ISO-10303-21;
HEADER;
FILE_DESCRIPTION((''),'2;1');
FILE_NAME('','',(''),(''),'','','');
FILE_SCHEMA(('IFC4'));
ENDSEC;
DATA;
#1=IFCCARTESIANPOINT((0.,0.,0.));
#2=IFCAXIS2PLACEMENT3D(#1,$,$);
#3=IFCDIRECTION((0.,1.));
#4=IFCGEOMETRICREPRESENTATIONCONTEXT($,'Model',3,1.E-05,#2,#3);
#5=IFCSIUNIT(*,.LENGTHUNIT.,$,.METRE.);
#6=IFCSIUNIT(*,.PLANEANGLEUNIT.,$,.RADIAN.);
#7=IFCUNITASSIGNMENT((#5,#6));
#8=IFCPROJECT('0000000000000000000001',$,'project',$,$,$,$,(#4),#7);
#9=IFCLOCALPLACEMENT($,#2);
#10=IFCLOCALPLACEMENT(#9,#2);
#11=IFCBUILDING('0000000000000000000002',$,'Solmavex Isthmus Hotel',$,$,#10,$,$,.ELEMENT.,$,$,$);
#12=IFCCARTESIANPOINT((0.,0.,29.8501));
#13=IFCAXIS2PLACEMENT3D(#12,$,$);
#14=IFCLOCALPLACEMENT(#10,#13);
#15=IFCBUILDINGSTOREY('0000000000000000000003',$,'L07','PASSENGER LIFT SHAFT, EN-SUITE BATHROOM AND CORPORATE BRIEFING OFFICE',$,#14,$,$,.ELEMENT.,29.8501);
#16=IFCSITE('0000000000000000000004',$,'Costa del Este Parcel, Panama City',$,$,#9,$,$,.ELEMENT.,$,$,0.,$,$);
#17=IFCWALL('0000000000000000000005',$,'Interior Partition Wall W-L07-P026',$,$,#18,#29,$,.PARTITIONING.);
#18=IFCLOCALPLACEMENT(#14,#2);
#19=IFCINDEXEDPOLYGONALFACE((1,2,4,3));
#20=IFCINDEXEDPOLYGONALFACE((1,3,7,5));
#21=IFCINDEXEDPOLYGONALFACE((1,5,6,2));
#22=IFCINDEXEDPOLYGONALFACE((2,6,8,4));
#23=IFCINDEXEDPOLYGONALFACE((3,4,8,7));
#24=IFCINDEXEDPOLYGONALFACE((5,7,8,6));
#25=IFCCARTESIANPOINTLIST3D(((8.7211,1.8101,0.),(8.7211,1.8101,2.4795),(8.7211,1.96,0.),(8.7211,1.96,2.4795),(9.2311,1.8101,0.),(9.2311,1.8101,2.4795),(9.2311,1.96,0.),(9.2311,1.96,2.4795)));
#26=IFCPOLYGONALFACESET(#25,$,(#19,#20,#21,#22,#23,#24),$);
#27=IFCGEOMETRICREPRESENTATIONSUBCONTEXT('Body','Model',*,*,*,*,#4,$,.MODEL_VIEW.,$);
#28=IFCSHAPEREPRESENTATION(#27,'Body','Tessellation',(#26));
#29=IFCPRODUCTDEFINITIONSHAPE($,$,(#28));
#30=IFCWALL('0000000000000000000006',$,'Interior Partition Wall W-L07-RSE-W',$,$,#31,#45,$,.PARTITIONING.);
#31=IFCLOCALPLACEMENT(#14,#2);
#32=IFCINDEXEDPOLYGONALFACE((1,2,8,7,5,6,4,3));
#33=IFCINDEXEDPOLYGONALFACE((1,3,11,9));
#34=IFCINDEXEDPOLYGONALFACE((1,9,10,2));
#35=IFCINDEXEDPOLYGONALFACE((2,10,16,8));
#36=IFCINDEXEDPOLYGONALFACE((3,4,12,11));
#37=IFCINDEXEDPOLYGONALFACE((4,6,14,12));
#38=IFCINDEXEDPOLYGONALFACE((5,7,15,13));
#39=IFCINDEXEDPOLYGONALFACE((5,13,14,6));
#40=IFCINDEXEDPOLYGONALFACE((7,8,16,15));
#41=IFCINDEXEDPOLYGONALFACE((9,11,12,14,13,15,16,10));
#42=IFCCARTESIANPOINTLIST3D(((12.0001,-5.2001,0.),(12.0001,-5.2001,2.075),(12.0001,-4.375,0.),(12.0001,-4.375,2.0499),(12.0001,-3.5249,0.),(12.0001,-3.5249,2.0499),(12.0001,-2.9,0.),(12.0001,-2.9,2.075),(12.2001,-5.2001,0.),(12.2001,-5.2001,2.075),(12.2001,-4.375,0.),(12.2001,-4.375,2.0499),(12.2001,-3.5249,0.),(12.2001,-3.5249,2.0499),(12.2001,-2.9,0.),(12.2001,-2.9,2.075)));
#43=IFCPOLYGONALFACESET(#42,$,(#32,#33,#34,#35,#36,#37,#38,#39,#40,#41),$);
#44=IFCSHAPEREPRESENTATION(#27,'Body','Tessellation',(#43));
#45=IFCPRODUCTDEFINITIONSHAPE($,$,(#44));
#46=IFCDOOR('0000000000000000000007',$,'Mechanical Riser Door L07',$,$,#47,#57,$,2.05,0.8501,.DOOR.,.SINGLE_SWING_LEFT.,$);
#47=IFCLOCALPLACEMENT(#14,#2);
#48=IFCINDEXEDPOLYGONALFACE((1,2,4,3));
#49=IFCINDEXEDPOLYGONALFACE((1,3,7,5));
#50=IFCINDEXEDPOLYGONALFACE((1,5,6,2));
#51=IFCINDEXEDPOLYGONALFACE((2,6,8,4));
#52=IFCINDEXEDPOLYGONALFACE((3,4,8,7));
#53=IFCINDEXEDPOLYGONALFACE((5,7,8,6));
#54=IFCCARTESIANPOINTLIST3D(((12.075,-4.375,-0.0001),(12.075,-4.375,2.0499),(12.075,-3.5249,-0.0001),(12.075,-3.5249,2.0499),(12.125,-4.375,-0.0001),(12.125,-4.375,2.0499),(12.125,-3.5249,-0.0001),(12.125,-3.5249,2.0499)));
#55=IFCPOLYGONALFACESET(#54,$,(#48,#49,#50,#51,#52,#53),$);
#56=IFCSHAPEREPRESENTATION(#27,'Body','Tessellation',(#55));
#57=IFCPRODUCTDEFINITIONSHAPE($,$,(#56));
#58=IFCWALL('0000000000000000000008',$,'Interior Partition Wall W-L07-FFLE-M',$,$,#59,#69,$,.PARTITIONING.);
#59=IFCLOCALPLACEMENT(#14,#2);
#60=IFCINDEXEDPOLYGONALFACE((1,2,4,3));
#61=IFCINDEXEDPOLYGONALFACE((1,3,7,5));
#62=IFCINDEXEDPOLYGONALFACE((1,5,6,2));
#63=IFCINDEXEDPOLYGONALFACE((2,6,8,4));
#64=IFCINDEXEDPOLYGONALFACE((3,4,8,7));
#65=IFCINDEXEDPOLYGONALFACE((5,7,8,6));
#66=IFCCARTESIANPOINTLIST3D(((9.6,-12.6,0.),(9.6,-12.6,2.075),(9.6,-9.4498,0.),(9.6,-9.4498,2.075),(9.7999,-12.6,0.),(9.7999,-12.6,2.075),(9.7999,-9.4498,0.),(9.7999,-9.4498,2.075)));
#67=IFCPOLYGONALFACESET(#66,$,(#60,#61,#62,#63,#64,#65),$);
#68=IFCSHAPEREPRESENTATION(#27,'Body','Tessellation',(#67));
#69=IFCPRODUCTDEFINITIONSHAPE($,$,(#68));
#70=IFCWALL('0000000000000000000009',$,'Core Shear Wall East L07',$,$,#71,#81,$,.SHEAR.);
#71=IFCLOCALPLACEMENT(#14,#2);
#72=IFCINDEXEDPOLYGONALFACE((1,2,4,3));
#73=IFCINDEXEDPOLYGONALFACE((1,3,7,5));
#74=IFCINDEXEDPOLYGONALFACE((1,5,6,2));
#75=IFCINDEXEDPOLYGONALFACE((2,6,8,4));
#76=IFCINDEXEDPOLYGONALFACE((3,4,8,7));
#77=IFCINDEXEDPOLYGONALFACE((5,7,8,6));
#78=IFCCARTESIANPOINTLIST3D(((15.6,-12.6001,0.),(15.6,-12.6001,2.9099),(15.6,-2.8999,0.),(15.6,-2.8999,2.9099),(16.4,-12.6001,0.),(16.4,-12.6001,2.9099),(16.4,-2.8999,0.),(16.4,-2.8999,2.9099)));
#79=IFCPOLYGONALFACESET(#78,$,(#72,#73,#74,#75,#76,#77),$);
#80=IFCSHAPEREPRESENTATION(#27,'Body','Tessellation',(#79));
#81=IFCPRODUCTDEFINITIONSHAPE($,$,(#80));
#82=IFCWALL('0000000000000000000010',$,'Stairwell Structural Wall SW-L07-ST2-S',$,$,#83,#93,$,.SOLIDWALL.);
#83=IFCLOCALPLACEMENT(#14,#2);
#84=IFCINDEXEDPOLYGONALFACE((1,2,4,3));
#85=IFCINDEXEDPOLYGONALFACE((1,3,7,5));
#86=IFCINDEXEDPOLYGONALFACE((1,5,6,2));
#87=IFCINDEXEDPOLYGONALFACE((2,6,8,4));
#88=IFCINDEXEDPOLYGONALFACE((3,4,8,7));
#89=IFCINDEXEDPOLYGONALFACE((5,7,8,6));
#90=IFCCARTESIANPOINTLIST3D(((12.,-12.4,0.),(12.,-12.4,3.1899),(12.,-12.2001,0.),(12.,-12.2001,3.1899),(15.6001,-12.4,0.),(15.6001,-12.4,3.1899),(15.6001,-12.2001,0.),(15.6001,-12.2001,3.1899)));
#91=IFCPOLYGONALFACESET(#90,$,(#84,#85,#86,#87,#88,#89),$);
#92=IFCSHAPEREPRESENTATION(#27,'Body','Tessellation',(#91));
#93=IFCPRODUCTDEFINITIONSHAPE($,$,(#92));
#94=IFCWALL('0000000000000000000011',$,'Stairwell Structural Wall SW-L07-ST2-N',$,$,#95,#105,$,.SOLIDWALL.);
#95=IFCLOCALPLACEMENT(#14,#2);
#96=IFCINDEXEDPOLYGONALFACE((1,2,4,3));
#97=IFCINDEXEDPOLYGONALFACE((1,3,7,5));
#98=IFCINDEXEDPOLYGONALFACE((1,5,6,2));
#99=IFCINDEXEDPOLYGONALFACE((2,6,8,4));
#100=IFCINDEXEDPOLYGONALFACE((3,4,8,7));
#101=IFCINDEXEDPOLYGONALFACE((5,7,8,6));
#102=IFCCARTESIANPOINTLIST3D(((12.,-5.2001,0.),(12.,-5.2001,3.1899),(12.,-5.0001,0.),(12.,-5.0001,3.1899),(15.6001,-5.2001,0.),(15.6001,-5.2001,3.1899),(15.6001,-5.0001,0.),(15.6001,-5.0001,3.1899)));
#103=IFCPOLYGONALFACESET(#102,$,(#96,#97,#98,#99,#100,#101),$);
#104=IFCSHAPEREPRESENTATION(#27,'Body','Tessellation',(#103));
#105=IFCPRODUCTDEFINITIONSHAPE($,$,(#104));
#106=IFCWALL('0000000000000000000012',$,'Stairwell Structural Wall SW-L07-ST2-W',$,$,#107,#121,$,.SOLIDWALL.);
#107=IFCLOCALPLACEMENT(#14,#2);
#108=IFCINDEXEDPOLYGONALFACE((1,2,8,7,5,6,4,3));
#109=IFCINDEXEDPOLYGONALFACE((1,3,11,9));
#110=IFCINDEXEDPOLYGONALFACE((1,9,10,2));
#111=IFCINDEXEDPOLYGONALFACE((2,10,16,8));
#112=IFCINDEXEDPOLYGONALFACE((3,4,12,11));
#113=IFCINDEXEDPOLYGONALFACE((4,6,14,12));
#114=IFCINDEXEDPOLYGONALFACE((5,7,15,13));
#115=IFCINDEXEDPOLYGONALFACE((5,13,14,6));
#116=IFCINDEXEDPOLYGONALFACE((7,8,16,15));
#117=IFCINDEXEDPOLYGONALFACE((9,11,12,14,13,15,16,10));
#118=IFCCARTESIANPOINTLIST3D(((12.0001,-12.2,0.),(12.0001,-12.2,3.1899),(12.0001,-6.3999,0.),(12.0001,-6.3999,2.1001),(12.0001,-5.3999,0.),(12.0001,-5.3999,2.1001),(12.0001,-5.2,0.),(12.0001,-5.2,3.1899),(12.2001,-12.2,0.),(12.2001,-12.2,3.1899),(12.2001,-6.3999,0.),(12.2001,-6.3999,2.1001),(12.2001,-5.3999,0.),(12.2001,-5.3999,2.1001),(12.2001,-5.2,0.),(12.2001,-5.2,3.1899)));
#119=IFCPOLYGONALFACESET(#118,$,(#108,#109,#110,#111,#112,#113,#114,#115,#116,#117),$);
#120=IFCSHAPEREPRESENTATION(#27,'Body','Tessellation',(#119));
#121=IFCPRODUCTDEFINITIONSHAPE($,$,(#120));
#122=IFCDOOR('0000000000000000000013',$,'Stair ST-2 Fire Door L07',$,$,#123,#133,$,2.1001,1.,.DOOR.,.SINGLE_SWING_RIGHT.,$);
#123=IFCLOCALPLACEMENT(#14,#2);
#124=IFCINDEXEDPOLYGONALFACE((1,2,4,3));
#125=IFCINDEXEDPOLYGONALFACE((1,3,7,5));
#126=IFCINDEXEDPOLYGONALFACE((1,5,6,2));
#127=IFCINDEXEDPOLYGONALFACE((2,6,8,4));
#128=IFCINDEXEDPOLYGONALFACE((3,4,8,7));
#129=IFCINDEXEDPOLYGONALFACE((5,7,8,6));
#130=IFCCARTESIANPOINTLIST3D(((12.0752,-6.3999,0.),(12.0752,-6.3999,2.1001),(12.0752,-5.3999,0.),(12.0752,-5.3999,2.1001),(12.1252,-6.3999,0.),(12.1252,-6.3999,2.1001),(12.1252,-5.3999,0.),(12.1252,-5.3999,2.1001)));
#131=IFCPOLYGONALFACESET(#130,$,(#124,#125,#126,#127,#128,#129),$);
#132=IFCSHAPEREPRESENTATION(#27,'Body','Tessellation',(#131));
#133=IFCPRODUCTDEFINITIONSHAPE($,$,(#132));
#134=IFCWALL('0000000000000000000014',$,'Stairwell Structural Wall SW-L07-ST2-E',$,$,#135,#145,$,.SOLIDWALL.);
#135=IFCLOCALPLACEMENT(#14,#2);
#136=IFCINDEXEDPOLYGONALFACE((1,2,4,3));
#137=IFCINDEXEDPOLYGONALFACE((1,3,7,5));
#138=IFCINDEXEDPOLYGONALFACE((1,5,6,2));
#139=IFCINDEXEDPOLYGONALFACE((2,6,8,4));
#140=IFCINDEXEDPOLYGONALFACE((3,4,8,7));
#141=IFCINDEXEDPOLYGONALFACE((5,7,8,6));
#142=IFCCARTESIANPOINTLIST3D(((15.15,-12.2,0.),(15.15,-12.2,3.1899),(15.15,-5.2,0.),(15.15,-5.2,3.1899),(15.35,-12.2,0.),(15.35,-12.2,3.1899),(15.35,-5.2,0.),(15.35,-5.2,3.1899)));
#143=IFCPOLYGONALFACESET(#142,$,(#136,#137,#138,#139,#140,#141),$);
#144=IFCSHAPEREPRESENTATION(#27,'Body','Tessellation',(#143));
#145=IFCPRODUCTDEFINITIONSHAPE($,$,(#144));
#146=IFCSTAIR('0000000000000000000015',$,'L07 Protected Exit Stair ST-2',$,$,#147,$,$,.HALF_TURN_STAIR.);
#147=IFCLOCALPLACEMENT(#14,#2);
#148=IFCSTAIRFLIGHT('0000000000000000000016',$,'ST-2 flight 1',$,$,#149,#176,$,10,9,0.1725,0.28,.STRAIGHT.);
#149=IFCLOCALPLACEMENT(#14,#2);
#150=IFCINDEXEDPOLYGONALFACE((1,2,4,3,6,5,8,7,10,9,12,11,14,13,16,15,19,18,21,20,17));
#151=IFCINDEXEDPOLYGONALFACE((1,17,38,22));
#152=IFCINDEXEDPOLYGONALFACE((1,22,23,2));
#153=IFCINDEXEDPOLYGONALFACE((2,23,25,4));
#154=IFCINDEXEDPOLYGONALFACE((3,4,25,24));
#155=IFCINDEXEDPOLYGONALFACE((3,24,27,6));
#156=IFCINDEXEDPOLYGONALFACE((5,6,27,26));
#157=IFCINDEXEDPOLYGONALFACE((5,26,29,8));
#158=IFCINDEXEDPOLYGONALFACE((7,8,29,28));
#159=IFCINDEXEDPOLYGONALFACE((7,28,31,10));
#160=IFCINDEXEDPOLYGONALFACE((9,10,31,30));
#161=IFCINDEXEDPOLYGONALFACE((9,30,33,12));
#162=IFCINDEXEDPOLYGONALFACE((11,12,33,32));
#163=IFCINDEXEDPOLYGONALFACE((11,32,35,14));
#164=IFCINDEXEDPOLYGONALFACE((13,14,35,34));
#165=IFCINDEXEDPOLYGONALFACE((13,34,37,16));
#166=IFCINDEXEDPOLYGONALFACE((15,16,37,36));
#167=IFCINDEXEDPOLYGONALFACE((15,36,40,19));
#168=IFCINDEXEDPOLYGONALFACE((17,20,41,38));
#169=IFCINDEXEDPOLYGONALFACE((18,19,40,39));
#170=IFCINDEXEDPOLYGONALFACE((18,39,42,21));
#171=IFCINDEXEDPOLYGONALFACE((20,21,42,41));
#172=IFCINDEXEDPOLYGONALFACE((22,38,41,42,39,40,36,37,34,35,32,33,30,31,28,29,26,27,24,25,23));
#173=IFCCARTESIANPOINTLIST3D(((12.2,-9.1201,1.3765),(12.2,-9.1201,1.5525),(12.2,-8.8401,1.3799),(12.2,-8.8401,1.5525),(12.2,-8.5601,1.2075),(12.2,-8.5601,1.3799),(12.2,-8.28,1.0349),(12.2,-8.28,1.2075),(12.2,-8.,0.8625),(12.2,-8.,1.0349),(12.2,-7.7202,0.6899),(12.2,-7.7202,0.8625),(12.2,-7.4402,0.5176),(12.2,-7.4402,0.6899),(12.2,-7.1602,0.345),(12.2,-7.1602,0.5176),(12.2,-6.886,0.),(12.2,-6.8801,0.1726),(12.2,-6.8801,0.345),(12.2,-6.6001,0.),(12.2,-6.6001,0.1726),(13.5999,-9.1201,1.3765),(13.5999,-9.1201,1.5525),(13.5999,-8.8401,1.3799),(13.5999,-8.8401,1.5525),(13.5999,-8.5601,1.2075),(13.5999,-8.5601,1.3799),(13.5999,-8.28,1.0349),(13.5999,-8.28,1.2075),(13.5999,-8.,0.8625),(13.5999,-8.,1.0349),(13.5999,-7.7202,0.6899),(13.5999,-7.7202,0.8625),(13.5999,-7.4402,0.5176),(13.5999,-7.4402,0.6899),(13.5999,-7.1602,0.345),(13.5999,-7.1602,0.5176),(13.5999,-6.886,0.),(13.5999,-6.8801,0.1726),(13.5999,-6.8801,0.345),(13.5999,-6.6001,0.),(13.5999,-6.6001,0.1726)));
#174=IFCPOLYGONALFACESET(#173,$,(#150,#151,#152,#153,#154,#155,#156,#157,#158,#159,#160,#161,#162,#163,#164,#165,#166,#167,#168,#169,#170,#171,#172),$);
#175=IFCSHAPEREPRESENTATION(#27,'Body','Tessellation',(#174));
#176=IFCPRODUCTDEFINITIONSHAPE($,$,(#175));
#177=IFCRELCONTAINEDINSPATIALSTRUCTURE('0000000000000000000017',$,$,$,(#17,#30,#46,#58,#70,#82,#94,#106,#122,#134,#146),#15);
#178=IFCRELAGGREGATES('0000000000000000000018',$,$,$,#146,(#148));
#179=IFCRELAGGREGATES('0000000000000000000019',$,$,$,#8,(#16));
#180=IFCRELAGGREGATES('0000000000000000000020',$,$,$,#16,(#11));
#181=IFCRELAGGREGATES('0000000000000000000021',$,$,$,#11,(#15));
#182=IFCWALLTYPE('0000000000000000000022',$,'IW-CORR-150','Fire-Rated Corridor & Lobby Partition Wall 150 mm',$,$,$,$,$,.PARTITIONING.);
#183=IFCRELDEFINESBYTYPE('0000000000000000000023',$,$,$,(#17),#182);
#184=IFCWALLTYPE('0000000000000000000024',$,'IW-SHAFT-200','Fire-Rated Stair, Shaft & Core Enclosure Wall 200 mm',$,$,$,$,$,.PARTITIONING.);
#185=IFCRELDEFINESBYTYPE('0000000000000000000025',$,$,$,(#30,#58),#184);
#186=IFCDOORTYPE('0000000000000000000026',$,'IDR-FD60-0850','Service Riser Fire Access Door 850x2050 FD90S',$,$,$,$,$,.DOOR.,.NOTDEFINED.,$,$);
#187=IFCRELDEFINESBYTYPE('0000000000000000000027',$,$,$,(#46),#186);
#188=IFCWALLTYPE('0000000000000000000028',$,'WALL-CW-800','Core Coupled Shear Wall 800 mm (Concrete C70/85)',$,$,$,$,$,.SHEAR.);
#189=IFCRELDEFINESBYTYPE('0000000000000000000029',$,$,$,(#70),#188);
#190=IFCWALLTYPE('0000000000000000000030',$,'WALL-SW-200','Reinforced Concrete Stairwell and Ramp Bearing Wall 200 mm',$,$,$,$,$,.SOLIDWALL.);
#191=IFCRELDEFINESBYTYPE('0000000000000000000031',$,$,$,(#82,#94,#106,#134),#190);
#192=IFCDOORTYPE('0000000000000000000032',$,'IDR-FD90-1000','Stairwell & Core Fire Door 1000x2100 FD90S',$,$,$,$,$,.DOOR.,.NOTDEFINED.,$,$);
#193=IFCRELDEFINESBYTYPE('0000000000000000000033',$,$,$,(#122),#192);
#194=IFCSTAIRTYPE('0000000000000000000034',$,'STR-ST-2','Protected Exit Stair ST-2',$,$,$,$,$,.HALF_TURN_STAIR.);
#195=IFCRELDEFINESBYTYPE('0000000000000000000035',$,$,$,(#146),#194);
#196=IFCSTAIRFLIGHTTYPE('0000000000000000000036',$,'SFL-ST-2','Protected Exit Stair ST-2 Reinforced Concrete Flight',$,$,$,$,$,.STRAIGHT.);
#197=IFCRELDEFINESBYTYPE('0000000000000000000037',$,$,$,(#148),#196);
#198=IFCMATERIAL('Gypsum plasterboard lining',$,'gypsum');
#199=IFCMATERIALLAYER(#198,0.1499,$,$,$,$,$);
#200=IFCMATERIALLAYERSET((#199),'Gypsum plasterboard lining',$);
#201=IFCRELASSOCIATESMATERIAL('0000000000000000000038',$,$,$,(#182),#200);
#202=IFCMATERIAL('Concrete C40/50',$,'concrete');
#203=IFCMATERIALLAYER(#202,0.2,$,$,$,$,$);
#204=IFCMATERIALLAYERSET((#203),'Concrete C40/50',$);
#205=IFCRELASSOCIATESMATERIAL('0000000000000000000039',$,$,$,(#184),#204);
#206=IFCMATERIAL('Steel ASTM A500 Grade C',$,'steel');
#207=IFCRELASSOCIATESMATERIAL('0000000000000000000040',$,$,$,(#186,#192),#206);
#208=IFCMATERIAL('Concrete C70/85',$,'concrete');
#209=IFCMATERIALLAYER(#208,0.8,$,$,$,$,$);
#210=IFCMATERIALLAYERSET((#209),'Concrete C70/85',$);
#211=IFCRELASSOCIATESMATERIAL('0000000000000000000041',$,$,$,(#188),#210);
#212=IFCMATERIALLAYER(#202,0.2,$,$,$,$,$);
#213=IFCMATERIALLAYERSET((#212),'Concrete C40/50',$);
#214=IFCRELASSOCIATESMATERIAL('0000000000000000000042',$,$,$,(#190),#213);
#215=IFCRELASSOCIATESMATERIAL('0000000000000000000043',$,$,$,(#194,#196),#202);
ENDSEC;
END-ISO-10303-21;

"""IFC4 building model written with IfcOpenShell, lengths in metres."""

from ifc_helpers import new_model, si_unit, direction, frame, frame_2d, origin, place, context, subcontext, project, spatial, polyline, rectangle, outline, extrude, material, layer, layer_set, type_object, element, fill, aggregate, save


model = new_model("IFC4")

# Units and contexts
model_context = context("Model", 3, precision=1e-05, world=origin(), true_north=direction((0.0, 1.0)))
body_context = subcontext(model_context, "Body", "Model", "MODEL_VIEW")
ifc_project = project(units=[si_unit("LENGTHUNIT", "METRE"), si_unit("PLANEANGLEUNIT", "RADIAN")], contexts=[model_context])

# Site, building, storey
site_placement = place(None, origin())
site = spatial("IfcSite", under=ifc_project, at=site_placement, Name="Costa del Este Parcel, Panama City", CompositionType="ELEMENT", RefElevation=0.0)
building_placement = place(site_placement, origin())
building = spatial("IfcBuilding", under=site, at=building_placement, Name="Solmavex Isthmus Hotel", CompositionType="ELEMENT")
storey_placement = place(building_placement, frame((0.0, 0.0, 29.8501)))
storey = spatial("IfcBuildingStorey", under=building, at=storey_placement, Name="L07", Description="PASSENGER LIFT SHAFT, EN-SUITE BATHROOM AND CORPORATE BRIEFING OFFICE", CompositionType="ELEMENT", Elevation=29.8501)

# Shared definitions
ifc_material_1 = material(Name="Concrete C70/85", Category="concrete")

# Wall
ifc_material_2 = material(Name="Gypsum plasterboard lining", Category="gypsum")
ifc_layer_1 = layer(ifc_material_2, 0.1499)
ifc_layer_set_1 = layer_set([ifc_layer_1], Name="Gypsum plasterboard lining")
wall_type_1 = type_object("IfcWallType", Name="IW-CORR-150", Description="Fire-Rated Corridor & Lobby Partition Wall 150 mm", PredefinedType="PARTITIONING", material=ifc_layer_set_1)
wall_1_placement = place(storey_placement, frame((9.231, 1.885, 0.0), z_axis=(0.0, 0.0, 1.0), x_axis=(-1.0, 0.0, 0.0)))
element("IfcWall", 1, at=wall_1_placement, inside=storey, type_object=wall_type_1, Name="Interior Partition Wall W-L07-P026", PredefinedType="PARTITIONING", context=body_context, shape_type="SweptSolid", body=[
    extrude(rectangle(XDim=0.51, YDim=0.1499, at=frame_2d((0.2549, 0.0))), origin(), (0.0, 0.0, 1.0), 2.4795),
])

# Wall, opening, door
ifc_material_3 = material(Name="Concrete C40/50", Category="concrete")
ifc_layer_2 = layer(ifc_material_3, 0.2)
ifc_layer_set_2 = layer_set([ifc_layer_2], Name="Concrete C40/50")
wall_type_2 = type_object("IfcWallType", Name="IW-SHAFT-200", Description="Fire-Rated Stair, Shaft & Core Enclosure Wall 200 mm", PredefinedType="PARTITIONING", material=ifc_layer_set_2)
wall_2_placement = place(storey_placement, frame((12.1001, -5.2, 0.0), z_axis=(0.0, 0.0, 1.0), x_axis=(0.0, 1.0, 0.0)))
wall_2 = element("IfcWall", 2, at=wall_2_placement, inside=storey, type_object=wall_type_2, Name="Interior Partition Wall W-L07-RSE-W", PredefinedType="PARTITIONING", context=body_context, shape_type="SweptSolid", body=[
    extrude(rectangle(XDim=2.3, YDim=0.2, at=frame_2d((1.1499, 0.0))), origin(), (0.0, 0.0, 1.0), 2.075),
])
opening_1_placement = place(wall_2_placement, frame((0.825, 0.0, 0.0)))
opening_1 = element("IfcOpeningElement", 3, at=opening_1_placement, cuts=wall_2, PredefinedType="OPENING", context=body_context, shape_type="SweptSolid", body=[
    extrude(rectangle(XDim=0.8501, YDim=2.05, at=frame_2d((0.425, 1.0249))), frame((0.0, 0.1099, 0.0), z_axis=(0.0, -1.0, 0.0), x_axis=(1.0, 0.0, 0.0)), (0.0, 0.0, 1.0), 0.22),
])
ifc_material_4 = material(Name="Steel ASTM A500 Grade C", Category="steel")
door_type_1 = type_object("IfcDoorType", Name="IDR-FD60-0850", Description="Service Riser Fire Access Door 850x2050 FD90S", OperationType="NOTDEFINED", PredefinedType="DOOR", material=ifc_material_4)
door_1_placement = place(opening_1_placement, frame((0.8501, 0.0, 0.0), z_axis=(0.0, 0.0, 1.0), x_axis=(-1.0, 0.0, 0.0)))
door_1 = element("IfcDoor", 4, at=door_1_placement, inside=storey, type_object=door_type_1, Name="Mechanical Riser Door L07", OperationType="SINGLE_SWING_LEFT", OverallHeight=2.05, OverallWidth=0.8501, PredefinedType="DOOR", context=body_context, shape_type="SweptSolid", body=[
    extrude(rectangle(XDim=0.8501, YDim=2.05, at=frame_2d((0.425, 1.0249))), frame((0.0, 0.0249, 0.0), z_axis=(0.0, -1.0, 0.0), x_axis=(1.0, 0.0, 0.0)), (0.0, 0.0, 1.0), 0.05),
])
fill(opening_1, door_1)

# Walls
wall_3_placement = place(storey_placement, frame((9.7, -12.6001, 0.0), z_axis=(0.0, 0.0, 1.0), x_axis=(0.0, 1.0, 0.0)))
element("IfcWall", 5, at=wall_3_placement, inside=storey, type_object=wall_type_2, Name="Interior Partition Wall W-L07-FFLE-M", PredefinedType="PARTITIONING", context=body_context, shape_type="SweptSolid", body=[
    extrude(rectangle(XDim=3.1501, YDim=0.2, at=frame_2d((1.5752, 0.0))), origin(), (0.0, 0.0, 1.0), 2.075),
])
ifc_layer_3 = layer(ifc_material_1, 0.8)
ifc_layer_set_3 = layer_set([ifc_layer_3], Name="Concrete C70/85")
wall_type_3 = type_object("IfcWallType", Name="WALL-CW-800", Description="Core Coupled Shear Wall 800 mm (Concrete C70/85)", PredefinedType="SHEAR", material=ifc_layer_set_3)
wall_4_placement = place(storey_placement, frame((16.0, -12.6001, 0.0), z_axis=(0.0, 0.0, 1.0), x_axis=(0.0, 1.0, 0.0)))
element("IfcWall", 6, at=wall_4_placement, inside=storey, type_object=wall_type_3, Name="Core Shear Wall East L07", PredefinedType="SHEAR", context=body_context, shape_type="SweptSolid", body=[
    extrude(rectangle(XDim=9.7002, YDim=0.8, at=frame_2d((4.8501, 0.0))), origin(), (0.0, 0.0, 1.0), 2.9099),
])
ifc_layer_4 = layer(ifc_material_3, 0.2)
ifc_layer_set_4 = layer_set([ifc_layer_4], Name="Concrete C40/50")
wall_type_4 = type_object("IfcWallType", Name="WALL-SW-200", Description="Reinforced Concrete Stairwell and Ramp Bearing Wall 200 mm", PredefinedType="SOLIDWALL", material=ifc_layer_set_4)
for number, where, z_axis, x_axis, name in (
    (7, (12.0, -12.3, 0.0), (0.0, 0.0, 1.0), (1.0, 0.0, 0.0), "Stairwell Structural Wall SW-L07-ST2-S"),
    (8, (12.0, -5.1001, 0.0), (0.0, 0.0, 1.0), (1.0, 0.0, 0.0), "Stairwell Structural Wall SW-L07-ST2-N"),
):
    element("IfcWall", number, at=place(storey_placement, frame(where, z_axis=z_axis, x_axis=x_axis)), inside=storey, type_object=wall_type_4, Name=name, PredefinedType="SOLIDWALL", context=body_context, shape_type="SweptSolid", body=[
        extrude(rectangle(XDim=3.6001, YDim=0.2, at=frame_2d((1.8, 0.0))), origin(), (0.0, 0.0, 1.0), 3.1899),
    ])

# Wall, opening, door
wall_5_placement = place(storey_placement, frame((12.1001, -12.2, 0.0), z_axis=(0.0, 0.0, 1.0), x_axis=(0.0, 1.0, 0.0)))
wall_5 = element("IfcWall", 9, at=wall_5_placement, inside=storey, type_object=wall_type_4, Name="Stairwell Structural Wall SW-L07-ST2-W", PredefinedType="SOLIDWALL", context=body_context, shape_type="SweptSolid", body=[
    extrude(rectangle(XDim=7.0, YDim=0.2, at=frame_2d((3.5, 0.0))), origin(), (0.0, 0.0, 1.0), 3.1899),
])
opening_2_placement = place(wall_5_placement, frame((5.8, 0.0, 0.0)))
opening_2 = element("IfcOpeningElement", 10, at=opening_2_placement, cuts=wall_5, PredefinedType="OPENING", context=body_context, shape_type="SweptSolid", body=[
    extrude(rectangle(XDim=1.0, YDim=2.1001, at=frame_2d((0.5, 1.05))), frame((0.0, 0.1099, 0.0), z_axis=(0.0, -1.0, 0.0), x_axis=(1.0, 0.0, 0.0)), (0.0, 0.0, 1.0), 0.22),
])
door_type_2 = type_object("IfcDoorType", Name="IDR-FD90-1000", Description="Stairwell & Core Fire Door 1000x2100 FD90S", OperationType="NOTDEFINED", PredefinedType="DOOR", material=ifc_material_4)
door_2_placement = place(opening_2_placement, origin())
door_2 = element("IfcDoor", 11, at=door_2_placement, inside=storey, type_object=door_type_2, Name="Stair ST-2 Fire Door L07", OperationType="SINGLE_SWING_RIGHT", OverallHeight=2.1001, OverallWidth=1.0, PredefinedType="DOOR", context=body_context, shape_type="SweptSolid", body=[
    extrude(rectangle(XDim=1.0, YDim=2.1001, at=frame_2d((0.5, 1.05))), frame((0.0, 0.0249, 0.0), z_axis=(0.0, -1.0, 0.0), x_axis=(1.0, 0.0, 0.0)), (0.0, 0.0, 1.0), 0.05),
])
fill(opening_2, door_2)

# Wall
wall_6_placement = place(storey_placement, frame((15.25, -12.2, 0.0), z_axis=(0.0, 0.0, 1.0), x_axis=(0.0, 1.0, 0.0)))
element("IfcWall", 12, at=wall_6_placement, inside=storey, type_object=wall_type_4, Name="Stairwell Structural Wall SW-L07-ST2-E", PredefinedType="SOLIDWALL", context=body_context, shape_type="SweptSolid", body=[
    extrude(rectangle(XDim=7.0, YDim=0.2, at=frame_2d((3.5, 0.0))), origin(), (0.0, 0.0, 1.0), 3.1899),
])

# Stair, stair flight
stair_type = type_object("IfcStairType", Name="STR-ST-2", Description="Protected Exit Stair ST-2", PredefinedType="HALF_TURN_STAIR", material=ifc_material_3)
stair_placement = place(storey_placement, origin())
stair = element("IfcStair", 13, at=stair_placement, inside=storey, type_object=stair_type, Name="L07 Protected Exit Stair ST-2", PredefinedType="HALF_TURN_STAIR")
stair_flight_type = type_object("IfcStairFlightType", Name="SFL-ST-2", Description="Protected Exit Stair ST-2 Reinforced Concrete Flight", PredefinedType="STRAIGHT", material=ifc_material_3)
stair_flight_1_placement = place(storey_placement, frame((12.8999, -6.6001, 0.0), z_axis=(0.0, 0.0, 1.0), x_axis=(0.0, -1.0, 0.0)))
stair_flight_1 = element("IfcStairFlight", 14, at=stair_flight_1_placement, type_object=stair_flight_type, Name="ST-2 flight 1", NumberOfRisers=10, NumberOfTreads=9, PredefinedType="STRAIGHT", RiserHeight=0.1725, TreadLength=0.28, context=body_context, shape_type="SweptSolid", body=[
    extrude(outline(polyline([(0.0, 0.0), (0.0, 0.1726), (0.28, 0.1726), (0.28, 0.345), (0.5601, 0.345), (0.5601, 0.5176), (0.8401, 0.5176), (0.8401, 0.6899), (1.1201, 0.6899), (1.1201, 0.8625), (1.3999, 0.8625), (1.3999, 1.0349), (1.6799, 1.0349), (1.6799, 1.2075), (1.96, 1.2075), (1.96, 1.3799), (2.24, 1.3799), (2.24, 1.5525), (2.52, 1.5525), (2.52, 1.7251), (2.52, 1.3765), (0.2859, 0.0), (0.0, 0.0)])), frame((0.0, 0.7, 0.0), z_axis=(0.0, -1.0, 0.0), x_axis=(1.0, 0.0, 0.0)), (0.0, 0.0, 1.0), 1.3999),
])
aggregate(stair, [stair_flight_1])

save(model, "model.ifc")
